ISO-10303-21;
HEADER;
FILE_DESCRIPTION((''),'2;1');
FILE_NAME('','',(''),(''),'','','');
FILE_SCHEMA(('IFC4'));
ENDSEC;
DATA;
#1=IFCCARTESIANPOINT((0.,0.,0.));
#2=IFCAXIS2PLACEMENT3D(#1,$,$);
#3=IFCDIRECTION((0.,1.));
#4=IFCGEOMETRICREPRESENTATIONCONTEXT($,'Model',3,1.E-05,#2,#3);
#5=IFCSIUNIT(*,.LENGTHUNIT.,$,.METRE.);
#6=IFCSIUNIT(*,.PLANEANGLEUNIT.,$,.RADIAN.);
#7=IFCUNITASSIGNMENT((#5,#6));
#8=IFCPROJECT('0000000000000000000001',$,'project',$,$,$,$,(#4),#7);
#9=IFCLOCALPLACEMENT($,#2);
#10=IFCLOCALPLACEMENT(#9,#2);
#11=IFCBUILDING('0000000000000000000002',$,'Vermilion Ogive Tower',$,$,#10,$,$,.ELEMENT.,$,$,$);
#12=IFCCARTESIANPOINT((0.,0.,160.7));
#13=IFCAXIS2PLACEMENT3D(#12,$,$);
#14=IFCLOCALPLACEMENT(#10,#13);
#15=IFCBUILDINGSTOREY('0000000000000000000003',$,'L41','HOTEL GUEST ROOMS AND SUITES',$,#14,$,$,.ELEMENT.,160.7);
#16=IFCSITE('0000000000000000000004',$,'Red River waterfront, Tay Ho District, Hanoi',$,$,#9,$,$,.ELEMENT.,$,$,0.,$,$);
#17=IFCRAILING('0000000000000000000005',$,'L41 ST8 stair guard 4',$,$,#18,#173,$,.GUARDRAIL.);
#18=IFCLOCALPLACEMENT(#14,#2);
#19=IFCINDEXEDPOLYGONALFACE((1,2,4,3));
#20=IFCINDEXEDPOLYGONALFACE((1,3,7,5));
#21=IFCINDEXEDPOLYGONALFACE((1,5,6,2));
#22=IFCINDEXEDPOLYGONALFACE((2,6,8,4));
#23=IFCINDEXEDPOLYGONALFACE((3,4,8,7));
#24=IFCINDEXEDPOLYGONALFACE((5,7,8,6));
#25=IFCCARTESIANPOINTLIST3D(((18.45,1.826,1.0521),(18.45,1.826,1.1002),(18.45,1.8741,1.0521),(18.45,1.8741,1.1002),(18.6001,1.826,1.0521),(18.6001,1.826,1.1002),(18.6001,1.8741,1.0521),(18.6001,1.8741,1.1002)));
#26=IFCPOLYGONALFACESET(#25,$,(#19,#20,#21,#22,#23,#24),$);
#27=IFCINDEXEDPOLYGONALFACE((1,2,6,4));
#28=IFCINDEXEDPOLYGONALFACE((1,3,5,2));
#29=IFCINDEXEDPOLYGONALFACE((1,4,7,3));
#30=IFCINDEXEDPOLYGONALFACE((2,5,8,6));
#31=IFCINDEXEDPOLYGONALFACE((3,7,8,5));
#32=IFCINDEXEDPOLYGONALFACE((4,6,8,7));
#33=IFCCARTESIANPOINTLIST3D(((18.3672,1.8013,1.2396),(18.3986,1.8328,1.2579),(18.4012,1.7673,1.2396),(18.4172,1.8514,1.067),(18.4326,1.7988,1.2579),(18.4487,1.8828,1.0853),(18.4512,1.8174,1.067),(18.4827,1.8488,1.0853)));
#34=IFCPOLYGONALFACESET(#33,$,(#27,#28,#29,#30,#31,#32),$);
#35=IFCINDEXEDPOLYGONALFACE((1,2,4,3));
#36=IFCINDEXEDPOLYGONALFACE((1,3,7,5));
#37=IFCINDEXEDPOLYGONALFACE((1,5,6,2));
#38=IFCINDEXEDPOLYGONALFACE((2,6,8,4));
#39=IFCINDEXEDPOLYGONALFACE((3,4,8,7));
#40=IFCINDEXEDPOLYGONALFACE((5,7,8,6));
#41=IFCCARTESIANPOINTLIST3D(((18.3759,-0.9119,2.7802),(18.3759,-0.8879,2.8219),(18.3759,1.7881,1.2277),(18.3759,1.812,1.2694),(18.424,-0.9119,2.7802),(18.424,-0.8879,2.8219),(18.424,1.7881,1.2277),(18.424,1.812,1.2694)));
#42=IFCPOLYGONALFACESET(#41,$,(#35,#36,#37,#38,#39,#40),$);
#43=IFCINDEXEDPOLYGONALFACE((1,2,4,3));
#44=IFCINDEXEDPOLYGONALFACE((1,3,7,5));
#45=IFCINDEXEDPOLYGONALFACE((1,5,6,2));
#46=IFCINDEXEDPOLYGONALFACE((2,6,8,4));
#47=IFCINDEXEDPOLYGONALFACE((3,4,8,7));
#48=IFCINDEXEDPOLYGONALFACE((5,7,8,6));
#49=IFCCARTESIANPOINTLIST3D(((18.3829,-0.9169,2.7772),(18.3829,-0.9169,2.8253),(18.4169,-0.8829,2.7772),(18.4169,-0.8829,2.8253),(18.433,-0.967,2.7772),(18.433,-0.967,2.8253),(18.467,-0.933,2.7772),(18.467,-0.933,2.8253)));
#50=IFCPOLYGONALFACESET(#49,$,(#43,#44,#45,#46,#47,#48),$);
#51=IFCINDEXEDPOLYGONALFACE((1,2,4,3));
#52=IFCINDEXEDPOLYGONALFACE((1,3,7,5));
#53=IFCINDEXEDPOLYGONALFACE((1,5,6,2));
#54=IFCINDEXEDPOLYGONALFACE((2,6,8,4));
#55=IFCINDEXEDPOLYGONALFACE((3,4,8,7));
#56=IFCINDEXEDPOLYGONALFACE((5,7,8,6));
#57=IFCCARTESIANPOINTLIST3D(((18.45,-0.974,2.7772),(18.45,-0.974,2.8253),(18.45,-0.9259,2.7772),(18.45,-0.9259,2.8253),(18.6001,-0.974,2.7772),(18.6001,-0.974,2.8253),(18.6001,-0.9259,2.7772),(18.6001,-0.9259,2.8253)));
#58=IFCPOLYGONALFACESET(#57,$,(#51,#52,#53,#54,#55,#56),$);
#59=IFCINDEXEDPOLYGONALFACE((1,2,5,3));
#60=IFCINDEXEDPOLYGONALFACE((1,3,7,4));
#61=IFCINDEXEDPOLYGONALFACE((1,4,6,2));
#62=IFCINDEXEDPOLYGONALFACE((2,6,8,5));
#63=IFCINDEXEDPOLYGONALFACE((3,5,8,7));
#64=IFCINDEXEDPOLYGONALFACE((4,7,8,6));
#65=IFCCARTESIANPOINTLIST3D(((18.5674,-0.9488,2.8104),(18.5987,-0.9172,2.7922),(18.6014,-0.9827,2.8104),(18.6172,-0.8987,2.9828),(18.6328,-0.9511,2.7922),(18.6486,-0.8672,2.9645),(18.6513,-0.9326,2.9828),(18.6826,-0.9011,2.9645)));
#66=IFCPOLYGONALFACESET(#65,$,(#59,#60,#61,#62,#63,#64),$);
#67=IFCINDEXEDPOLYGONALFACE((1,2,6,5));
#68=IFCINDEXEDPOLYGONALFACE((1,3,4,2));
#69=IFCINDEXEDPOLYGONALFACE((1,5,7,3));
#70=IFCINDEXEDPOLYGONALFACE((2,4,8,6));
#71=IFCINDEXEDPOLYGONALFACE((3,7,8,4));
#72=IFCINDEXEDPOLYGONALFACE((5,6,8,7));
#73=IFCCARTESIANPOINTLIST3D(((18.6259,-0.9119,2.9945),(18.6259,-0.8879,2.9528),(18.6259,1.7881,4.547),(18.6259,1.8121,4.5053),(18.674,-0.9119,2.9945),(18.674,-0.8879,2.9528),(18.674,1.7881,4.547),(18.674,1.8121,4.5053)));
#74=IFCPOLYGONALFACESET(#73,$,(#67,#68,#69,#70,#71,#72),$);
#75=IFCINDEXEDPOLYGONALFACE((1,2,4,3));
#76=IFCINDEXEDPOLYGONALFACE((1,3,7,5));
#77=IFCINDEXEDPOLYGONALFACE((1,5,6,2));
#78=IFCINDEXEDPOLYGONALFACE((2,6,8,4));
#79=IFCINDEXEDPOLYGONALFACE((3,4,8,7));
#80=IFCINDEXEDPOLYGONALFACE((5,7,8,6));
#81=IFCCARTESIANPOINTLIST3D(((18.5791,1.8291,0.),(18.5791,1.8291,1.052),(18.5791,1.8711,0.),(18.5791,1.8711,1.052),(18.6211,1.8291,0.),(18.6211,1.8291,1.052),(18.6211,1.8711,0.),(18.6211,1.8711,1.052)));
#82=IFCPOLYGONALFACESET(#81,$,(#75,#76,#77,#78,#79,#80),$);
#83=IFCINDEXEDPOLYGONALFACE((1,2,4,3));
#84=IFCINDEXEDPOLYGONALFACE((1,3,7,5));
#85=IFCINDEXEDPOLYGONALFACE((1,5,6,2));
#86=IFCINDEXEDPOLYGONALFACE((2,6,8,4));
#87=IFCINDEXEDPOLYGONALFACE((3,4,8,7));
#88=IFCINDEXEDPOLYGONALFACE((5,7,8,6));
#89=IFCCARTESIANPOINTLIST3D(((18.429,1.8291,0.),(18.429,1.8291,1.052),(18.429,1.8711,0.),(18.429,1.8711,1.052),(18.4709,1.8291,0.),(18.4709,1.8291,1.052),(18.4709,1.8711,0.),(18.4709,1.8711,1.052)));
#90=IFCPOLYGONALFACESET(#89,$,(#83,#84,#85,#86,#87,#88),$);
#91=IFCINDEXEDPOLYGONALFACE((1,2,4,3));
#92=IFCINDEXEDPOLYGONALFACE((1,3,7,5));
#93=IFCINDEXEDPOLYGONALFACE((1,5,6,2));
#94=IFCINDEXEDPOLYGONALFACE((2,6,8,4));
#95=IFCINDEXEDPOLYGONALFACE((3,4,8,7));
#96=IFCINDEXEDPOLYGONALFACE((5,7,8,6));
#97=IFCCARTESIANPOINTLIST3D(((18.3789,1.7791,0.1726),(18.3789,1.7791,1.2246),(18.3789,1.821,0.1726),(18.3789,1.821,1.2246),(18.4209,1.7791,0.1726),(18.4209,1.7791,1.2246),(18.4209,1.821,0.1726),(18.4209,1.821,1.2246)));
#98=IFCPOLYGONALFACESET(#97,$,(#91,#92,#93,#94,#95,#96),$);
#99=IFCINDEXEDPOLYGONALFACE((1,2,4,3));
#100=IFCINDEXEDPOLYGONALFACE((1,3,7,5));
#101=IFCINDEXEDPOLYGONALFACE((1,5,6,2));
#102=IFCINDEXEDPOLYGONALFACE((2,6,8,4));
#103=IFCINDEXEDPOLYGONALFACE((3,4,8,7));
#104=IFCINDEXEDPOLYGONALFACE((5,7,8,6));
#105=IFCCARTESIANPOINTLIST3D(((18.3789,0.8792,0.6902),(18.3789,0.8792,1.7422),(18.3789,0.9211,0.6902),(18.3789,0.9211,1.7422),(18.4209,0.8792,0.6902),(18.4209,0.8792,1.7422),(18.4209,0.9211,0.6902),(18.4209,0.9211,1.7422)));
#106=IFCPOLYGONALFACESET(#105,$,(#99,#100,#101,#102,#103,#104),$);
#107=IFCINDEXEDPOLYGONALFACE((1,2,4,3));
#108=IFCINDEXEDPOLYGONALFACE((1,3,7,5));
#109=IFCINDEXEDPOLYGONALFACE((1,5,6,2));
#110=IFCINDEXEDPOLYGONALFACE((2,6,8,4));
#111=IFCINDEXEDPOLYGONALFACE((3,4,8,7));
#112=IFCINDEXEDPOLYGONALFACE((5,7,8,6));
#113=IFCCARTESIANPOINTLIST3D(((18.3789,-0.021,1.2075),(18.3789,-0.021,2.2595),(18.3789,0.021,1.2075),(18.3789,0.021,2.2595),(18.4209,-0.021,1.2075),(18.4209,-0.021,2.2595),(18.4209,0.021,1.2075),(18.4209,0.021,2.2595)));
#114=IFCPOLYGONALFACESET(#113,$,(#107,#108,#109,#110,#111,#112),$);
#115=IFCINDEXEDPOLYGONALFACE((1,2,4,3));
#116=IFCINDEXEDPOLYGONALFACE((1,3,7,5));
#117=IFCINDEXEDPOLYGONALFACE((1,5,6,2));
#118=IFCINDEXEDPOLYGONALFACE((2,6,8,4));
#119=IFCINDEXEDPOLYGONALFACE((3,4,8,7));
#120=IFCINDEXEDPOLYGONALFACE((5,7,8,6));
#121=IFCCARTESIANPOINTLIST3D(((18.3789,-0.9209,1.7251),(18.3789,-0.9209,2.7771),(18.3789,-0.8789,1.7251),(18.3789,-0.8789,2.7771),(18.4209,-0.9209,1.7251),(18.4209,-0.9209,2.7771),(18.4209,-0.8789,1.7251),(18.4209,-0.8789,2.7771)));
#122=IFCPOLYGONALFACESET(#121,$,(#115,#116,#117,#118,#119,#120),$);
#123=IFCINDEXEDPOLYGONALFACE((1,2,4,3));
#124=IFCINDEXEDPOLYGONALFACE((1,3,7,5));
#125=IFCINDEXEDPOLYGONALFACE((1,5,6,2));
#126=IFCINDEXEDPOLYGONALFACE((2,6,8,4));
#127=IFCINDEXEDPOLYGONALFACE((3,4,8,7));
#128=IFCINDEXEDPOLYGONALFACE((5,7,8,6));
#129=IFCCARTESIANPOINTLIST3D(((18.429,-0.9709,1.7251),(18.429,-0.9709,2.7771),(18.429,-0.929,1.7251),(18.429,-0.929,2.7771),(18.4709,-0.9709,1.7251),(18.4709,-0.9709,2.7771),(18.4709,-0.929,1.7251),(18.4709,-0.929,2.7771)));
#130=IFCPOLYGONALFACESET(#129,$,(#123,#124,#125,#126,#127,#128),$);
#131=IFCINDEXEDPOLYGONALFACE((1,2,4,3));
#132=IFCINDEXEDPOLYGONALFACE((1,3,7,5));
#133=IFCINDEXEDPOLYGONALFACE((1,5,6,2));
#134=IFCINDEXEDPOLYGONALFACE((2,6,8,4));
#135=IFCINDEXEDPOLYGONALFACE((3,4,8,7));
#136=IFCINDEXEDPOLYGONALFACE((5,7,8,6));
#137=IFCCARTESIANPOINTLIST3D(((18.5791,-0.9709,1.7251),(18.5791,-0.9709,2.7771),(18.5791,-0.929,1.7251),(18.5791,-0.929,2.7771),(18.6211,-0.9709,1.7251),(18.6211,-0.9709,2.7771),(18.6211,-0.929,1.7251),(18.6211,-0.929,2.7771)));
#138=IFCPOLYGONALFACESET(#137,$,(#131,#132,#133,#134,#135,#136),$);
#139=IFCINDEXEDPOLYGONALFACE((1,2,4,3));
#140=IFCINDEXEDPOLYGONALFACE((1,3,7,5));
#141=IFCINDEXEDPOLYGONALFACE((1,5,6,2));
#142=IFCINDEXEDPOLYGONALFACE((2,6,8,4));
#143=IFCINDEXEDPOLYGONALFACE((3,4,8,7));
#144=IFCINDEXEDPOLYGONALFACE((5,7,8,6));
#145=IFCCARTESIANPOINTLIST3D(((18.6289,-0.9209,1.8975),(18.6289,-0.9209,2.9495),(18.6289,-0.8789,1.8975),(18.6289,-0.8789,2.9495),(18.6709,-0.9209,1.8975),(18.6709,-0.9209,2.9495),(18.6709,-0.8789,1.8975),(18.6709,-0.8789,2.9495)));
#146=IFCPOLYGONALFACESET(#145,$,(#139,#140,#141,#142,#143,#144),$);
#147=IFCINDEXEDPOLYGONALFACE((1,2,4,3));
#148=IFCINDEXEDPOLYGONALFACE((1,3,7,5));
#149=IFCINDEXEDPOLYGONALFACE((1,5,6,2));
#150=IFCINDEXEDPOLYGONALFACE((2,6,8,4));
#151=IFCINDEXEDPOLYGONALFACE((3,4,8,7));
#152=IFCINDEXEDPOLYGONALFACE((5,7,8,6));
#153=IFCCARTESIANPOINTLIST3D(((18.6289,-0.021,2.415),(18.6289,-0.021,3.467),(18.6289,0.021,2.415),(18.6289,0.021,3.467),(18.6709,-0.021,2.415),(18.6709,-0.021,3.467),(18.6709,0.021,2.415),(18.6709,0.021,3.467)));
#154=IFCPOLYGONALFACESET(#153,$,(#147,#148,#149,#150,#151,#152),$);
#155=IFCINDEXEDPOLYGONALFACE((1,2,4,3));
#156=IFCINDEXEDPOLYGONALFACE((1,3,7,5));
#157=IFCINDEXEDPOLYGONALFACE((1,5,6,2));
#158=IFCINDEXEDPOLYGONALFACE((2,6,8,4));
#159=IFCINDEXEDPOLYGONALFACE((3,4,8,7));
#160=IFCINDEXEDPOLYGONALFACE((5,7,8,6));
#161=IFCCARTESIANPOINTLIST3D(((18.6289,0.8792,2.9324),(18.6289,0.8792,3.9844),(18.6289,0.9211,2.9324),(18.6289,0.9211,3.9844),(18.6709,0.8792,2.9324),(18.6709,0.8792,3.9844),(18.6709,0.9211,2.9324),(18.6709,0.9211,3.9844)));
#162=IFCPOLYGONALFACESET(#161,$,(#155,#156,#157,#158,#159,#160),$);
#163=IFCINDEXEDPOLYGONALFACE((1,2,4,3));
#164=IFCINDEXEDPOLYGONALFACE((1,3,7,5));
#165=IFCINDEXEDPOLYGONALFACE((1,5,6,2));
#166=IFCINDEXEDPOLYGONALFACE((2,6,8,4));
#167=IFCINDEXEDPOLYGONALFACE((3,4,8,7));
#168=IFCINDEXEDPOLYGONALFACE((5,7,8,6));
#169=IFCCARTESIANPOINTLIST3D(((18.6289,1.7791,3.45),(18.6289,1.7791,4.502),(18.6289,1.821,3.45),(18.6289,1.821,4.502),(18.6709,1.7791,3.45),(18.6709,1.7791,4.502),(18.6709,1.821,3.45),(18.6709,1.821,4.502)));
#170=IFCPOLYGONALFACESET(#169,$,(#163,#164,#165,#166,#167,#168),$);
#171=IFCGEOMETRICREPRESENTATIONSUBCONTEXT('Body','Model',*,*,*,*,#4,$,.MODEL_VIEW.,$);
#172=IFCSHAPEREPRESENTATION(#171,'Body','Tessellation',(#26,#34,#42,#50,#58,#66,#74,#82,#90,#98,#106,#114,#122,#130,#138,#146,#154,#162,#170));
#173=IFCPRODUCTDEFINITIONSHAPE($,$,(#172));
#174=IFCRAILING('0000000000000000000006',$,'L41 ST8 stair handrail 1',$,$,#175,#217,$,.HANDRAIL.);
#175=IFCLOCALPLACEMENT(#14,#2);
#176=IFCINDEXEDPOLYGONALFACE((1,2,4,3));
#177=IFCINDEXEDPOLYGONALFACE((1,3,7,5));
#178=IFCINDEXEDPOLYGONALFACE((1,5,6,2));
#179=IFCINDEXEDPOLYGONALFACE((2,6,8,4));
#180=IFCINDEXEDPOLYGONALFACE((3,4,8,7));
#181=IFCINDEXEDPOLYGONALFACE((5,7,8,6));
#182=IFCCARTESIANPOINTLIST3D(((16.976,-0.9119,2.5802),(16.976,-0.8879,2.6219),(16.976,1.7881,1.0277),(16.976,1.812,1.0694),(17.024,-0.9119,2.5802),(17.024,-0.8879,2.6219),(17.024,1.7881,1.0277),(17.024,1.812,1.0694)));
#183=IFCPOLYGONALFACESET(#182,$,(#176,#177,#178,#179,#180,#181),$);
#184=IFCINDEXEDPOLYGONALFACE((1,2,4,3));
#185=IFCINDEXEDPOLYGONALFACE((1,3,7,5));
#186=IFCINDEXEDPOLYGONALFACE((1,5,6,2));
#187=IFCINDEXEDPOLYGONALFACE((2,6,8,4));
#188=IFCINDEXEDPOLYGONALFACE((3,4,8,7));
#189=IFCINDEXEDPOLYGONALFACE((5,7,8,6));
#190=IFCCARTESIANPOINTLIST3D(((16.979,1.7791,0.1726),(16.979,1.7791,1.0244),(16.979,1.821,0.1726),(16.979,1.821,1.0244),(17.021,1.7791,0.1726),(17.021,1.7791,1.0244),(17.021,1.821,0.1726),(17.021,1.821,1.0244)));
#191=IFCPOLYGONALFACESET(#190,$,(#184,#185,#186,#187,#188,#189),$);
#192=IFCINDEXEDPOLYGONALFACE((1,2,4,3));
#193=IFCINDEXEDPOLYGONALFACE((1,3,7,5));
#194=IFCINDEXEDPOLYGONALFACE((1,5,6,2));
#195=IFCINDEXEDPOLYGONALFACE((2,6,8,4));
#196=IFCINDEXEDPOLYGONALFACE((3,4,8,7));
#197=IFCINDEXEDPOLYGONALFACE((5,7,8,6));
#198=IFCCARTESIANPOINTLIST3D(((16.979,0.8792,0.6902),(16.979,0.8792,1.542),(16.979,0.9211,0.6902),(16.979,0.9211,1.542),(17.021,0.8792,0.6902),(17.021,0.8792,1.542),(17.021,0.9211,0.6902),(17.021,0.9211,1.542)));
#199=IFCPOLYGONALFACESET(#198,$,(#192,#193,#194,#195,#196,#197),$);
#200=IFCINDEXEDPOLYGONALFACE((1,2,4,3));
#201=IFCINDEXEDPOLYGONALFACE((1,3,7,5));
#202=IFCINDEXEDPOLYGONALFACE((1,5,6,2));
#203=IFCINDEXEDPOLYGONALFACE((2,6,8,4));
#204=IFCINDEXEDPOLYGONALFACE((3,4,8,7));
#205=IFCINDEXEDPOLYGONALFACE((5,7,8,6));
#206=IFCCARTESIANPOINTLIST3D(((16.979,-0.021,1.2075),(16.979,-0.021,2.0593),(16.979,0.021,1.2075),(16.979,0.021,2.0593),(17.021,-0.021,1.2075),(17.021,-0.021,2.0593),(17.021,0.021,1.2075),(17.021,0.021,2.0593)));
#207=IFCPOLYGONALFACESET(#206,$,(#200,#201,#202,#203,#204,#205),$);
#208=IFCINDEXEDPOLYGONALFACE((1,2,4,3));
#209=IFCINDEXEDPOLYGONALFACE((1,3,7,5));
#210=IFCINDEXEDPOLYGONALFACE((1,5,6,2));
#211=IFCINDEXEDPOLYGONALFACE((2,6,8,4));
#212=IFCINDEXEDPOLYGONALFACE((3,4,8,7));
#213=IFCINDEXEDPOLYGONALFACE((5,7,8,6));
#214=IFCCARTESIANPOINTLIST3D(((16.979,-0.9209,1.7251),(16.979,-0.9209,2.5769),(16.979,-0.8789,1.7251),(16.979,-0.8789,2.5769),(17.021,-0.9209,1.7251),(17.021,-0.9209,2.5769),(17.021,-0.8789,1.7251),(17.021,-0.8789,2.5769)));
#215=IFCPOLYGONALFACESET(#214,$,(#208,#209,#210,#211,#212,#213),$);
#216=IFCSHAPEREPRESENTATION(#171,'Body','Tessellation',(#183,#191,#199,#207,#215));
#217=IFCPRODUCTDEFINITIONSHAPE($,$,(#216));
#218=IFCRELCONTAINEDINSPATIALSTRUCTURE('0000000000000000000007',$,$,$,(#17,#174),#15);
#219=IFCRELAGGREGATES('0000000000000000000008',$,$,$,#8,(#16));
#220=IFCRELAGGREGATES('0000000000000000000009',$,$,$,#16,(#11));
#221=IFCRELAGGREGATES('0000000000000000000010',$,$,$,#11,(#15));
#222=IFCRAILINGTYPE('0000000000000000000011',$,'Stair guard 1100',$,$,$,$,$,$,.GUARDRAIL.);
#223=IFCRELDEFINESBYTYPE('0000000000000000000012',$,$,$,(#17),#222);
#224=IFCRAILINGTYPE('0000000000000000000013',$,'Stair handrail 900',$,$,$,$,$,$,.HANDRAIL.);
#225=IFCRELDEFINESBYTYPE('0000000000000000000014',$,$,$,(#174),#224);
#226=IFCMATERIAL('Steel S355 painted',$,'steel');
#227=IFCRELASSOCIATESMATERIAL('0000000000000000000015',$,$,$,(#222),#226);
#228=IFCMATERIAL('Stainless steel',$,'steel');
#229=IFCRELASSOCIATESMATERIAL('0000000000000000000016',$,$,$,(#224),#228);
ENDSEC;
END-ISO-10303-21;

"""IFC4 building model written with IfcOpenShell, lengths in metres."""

from ifc_helpers import new_model, si_unit, direction, frame, origin, origin_2d, place, context, subcontext, project, spatial, rectangle, extrude, material, type_object, element, save


model = new_model("IFC4")

# Units and contexts
model_context = context("Model", 3, precision=1e-05, world=origin(), true_north=direction((0.0, 1.0)))
body_context = subcontext(model_context, "Body", "Model", "MODEL_VIEW")
ifc_project = project(units=[si_unit("LENGTHUNIT", "METRE"), si_unit("PLANEANGLEUNIT", "RADIAN")], contexts=[model_context])

# Site, building, storey
site_placement = place(None, origin())
site = spatial("IfcSite", under=ifc_project, at=site_placement, Name="Red River waterfront, Tay Ho District, Hanoi", CompositionType="ELEMENT", RefElevation=0.0)
building_placement = place(site_placement, origin())
building = spatial("IfcBuilding", under=site, at=building_placement, Name="Vermilion Ogive Tower", CompositionType="ELEMENT")
storey_placement = place(building_placement, frame((0.0, 0.0, 160.7)))
storey = spatial("IfcBuildingStorey", under=building, at=storey_placement, Name="L41", Description="HOTEL GUEST ROOMS AND SUITES", CompositionType="ELEMENT", Elevation=160.7)

# Railings
ifc_material_1 = material(Name="Steel S355 painted", Category="steel")
railing_type_1 = type_object("IfcRailingType", Name="Stair guard 1100", PredefinedType="GUARDRAIL", material=ifc_material_1)
railing_1_placement = place(storey_placement, frame((18.6001, 1.8501, 0.0)))
element("IfcRailing", 1, at=railing_1_placement, inside=storey, type_object=railing_type_1, Name="L41 ST8 stair guard 4", PredefinedType="GUARDRAIL", context=body_context, shape_type="SweptSolid", body=[
    extrude(rectangle(XDim=0.0481, YDim=0.0481, at=origin_2d()), frame((0.0, 0.0, 1.0762), z_axis=(-1.0, 0.0, 0.0), x_axis=(0.0, -1.0, 0.0)), (0.0, 0.0, 1.0), 0.1501),
    extrude(rectangle(XDim=0.0481, YDim=0.0481, at=origin_2d()), frame((-0.1501, 0.0, 1.0762), z_axis=(-0.268278, -0.268278, 0.925232), x_axis=(0.707107, -0.707107, 0.0)), (0.0, 0.0, 1.0), 0.1865),
    extrude(rectangle(XDim=0.0481, YDim=0.0481, at=origin_2d()), frame((-0.2002, -0.05, 1.2485), z_axis=(0.0, -0.866904, 0.498476), x_axis=(1.0, 0.0, 0.0)), (0.0, 0.0, 1.0), 3.1145),
    extrude(rectangle(XDim=0.0481, YDim=0.0481, at=origin_2d()), frame((-0.2002, -2.75, 2.8013), z_axis=(0.707107, -0.707107, 0.0), x_axis=(0.707107, 0.707107, 0.0)), (0.0, 0.0, 1.0), 0.0708),
    extrude(rectangle(XDim=0.0481, YDim=0.0481, at=origin_2d()), frame((-0.1501, -2.8, 2.8013), z_axis=(1.0, 0.0, 0.0), x_axis=(0.0, 1.0, 0.0)), (0.0, 0.0, 1.0), 0.1501),
    extrude(rectangle(XDim=0.0481, YDim=0.0481, at=origin_2d()), frame((0.0, -2.8, 2.8013), z_axis=(0.267387, 0.268698, 0.925368), x_axis=(-0.708834, 0.705376, 0.0)), (0.0, 0.0, 1.0), 0.1863),
    extrude(rectangle(XDim=0.0481, YDim=0.0481, at=origin_2d()), frame((0.0498, -2.75, 2.9736), z_axis=(0.0, 0.866904, 0.498476), x_axis=(-1.0, 0.0, 0.0)), (0.0, 0.0, 1.0), 3.1145),
    extrude(rectangle(XDim=0.042, YDim=0.042, at=origin_2d()), origin(), (0.0, 0.0, 1.0), 1.052),
    extrude(rectangle(XDim=0.042, YDim=0.042, at=origin_2d()), frame((-0.1501, 0.0, 0.0)), (0.0, 0.0, 1.0), 1.052),
    extrude(rectangle(XDim=0.042, YDim=0.042, at=origin_2d()), frame((-0.2002, -0.05, 0.1726)), (0.0, 0.0, 1.0), 1.052),
    extrude(rectangle(XDim=0.042, YDim=0.042, at=origin_2d()), frame((-0.2002, -0.95, 0.6902)), (0.0, 0.0, 1.0), 1.052),
    extrude(rectangle(XDim=0.042, YDim=0.042, at=origin_2d()), frame((-0.2002, -1.8501, 1.2075)), (0.0, 0.0, 1.0), 1.052),
    extrude(rectangle(XDim=0.042, YDim=0.042, at=origin_2d()), frame((-0.2002, -2.75, 1.7251)), (0.0, 0.0, 1.0), 1.052),
    extrude(rectangle(XDim=0.042, YDim=0.042, at=origin_2d()), frame((-0.1501, -2.8, 1.7251)), (0.0, 0.0, 1.0), 1.052),
    extrude(rectangle(XDim=0.042, YDim=0.042, at=origin_2d()), frame((0.0, -2.8, 1.7251)), (0.0, 0.0, 1.0), 1.052),
    extrude(rectangle(XDim=0.042, YDim=0.042, at=origin_2d()), frame((0.0498, -2.75, 1.8975)), (0.0, 0.0, 1.0), 1.052),
    extrude(rectangle(XDim=0.042, YDim=0.042, at=origin_2d()), frame((0.0498, -1.8501, 2.415)), (0.0, 0.0, 1.0), 1.052),
    extrude(rectangle(XDim=0.042, YDim=0.042, at=origin_2d()), frame((0.0498, -0.95, 2.9324)), (0.0, 0.0, 1.0), 1.052),
    extrude(rectangle(XDim=0.042, YDim=0.042, at=origin_2d()), frame((0.0498, -0.05, 3.45)), (0.0, 0.0, 1.0), 1.052),
])
ifc_material_2 = material(Name="Stainless steel", Category="steel")
railing_type_2 = type_object("IfcRailingType", Name="Stair handrail 900", PredefinedType="HANDRAIL", material=ifc_material_2)
railing_2_placement = place(storey_placement, frame((17.0, 1.8, 0.1726)))
element("IfcRailing", 2, at=railing_2_placement, inside=storey, type_object=railing_type_2, Name="L41 ST8 stair handrail 1", PredefinedType="HANDRAIL", context=body_context, shape_type="SweptSolid", body=[
    extrude(rectangle(XDim=0.0481, YDim=0.0481, at=origin_2d()), frame((0.0, 0.0, 0.876), z_axis=(0.0, -0.866904, 0.498476), x_axis=(1.0, 0.0, 0.0)), (0.0, 0.0, 1.0), 3.1145),
    extrude(rectangle(XDim=0.042, YDim=0.042, at=origin_2d()), origin(), (0.0, 0.0, 1.0), 0.8518),
    extrude(rectangle(XDim=0.042, YDim=0.042, at=origin_2d()), frame((0.0, -0.8999, 0.5176)), (0.0, 0.0, 1.0), 0.8518),
    extrude(rectangle(XDim=0.042, YDim=0.042, at=origin_2d()), frame((0.0, -1.8, 1.0349)), (0.0, 0.0, 1.0), 0.8518),
    extrude(rectangle(XDim=0.042, YDim=0.042, at=origin_2d()), frame((0.0, -2.7, 1.5525)), (0.0, 0.0, 1.0), 0.8518),
])

save(model, "model.ifc")
